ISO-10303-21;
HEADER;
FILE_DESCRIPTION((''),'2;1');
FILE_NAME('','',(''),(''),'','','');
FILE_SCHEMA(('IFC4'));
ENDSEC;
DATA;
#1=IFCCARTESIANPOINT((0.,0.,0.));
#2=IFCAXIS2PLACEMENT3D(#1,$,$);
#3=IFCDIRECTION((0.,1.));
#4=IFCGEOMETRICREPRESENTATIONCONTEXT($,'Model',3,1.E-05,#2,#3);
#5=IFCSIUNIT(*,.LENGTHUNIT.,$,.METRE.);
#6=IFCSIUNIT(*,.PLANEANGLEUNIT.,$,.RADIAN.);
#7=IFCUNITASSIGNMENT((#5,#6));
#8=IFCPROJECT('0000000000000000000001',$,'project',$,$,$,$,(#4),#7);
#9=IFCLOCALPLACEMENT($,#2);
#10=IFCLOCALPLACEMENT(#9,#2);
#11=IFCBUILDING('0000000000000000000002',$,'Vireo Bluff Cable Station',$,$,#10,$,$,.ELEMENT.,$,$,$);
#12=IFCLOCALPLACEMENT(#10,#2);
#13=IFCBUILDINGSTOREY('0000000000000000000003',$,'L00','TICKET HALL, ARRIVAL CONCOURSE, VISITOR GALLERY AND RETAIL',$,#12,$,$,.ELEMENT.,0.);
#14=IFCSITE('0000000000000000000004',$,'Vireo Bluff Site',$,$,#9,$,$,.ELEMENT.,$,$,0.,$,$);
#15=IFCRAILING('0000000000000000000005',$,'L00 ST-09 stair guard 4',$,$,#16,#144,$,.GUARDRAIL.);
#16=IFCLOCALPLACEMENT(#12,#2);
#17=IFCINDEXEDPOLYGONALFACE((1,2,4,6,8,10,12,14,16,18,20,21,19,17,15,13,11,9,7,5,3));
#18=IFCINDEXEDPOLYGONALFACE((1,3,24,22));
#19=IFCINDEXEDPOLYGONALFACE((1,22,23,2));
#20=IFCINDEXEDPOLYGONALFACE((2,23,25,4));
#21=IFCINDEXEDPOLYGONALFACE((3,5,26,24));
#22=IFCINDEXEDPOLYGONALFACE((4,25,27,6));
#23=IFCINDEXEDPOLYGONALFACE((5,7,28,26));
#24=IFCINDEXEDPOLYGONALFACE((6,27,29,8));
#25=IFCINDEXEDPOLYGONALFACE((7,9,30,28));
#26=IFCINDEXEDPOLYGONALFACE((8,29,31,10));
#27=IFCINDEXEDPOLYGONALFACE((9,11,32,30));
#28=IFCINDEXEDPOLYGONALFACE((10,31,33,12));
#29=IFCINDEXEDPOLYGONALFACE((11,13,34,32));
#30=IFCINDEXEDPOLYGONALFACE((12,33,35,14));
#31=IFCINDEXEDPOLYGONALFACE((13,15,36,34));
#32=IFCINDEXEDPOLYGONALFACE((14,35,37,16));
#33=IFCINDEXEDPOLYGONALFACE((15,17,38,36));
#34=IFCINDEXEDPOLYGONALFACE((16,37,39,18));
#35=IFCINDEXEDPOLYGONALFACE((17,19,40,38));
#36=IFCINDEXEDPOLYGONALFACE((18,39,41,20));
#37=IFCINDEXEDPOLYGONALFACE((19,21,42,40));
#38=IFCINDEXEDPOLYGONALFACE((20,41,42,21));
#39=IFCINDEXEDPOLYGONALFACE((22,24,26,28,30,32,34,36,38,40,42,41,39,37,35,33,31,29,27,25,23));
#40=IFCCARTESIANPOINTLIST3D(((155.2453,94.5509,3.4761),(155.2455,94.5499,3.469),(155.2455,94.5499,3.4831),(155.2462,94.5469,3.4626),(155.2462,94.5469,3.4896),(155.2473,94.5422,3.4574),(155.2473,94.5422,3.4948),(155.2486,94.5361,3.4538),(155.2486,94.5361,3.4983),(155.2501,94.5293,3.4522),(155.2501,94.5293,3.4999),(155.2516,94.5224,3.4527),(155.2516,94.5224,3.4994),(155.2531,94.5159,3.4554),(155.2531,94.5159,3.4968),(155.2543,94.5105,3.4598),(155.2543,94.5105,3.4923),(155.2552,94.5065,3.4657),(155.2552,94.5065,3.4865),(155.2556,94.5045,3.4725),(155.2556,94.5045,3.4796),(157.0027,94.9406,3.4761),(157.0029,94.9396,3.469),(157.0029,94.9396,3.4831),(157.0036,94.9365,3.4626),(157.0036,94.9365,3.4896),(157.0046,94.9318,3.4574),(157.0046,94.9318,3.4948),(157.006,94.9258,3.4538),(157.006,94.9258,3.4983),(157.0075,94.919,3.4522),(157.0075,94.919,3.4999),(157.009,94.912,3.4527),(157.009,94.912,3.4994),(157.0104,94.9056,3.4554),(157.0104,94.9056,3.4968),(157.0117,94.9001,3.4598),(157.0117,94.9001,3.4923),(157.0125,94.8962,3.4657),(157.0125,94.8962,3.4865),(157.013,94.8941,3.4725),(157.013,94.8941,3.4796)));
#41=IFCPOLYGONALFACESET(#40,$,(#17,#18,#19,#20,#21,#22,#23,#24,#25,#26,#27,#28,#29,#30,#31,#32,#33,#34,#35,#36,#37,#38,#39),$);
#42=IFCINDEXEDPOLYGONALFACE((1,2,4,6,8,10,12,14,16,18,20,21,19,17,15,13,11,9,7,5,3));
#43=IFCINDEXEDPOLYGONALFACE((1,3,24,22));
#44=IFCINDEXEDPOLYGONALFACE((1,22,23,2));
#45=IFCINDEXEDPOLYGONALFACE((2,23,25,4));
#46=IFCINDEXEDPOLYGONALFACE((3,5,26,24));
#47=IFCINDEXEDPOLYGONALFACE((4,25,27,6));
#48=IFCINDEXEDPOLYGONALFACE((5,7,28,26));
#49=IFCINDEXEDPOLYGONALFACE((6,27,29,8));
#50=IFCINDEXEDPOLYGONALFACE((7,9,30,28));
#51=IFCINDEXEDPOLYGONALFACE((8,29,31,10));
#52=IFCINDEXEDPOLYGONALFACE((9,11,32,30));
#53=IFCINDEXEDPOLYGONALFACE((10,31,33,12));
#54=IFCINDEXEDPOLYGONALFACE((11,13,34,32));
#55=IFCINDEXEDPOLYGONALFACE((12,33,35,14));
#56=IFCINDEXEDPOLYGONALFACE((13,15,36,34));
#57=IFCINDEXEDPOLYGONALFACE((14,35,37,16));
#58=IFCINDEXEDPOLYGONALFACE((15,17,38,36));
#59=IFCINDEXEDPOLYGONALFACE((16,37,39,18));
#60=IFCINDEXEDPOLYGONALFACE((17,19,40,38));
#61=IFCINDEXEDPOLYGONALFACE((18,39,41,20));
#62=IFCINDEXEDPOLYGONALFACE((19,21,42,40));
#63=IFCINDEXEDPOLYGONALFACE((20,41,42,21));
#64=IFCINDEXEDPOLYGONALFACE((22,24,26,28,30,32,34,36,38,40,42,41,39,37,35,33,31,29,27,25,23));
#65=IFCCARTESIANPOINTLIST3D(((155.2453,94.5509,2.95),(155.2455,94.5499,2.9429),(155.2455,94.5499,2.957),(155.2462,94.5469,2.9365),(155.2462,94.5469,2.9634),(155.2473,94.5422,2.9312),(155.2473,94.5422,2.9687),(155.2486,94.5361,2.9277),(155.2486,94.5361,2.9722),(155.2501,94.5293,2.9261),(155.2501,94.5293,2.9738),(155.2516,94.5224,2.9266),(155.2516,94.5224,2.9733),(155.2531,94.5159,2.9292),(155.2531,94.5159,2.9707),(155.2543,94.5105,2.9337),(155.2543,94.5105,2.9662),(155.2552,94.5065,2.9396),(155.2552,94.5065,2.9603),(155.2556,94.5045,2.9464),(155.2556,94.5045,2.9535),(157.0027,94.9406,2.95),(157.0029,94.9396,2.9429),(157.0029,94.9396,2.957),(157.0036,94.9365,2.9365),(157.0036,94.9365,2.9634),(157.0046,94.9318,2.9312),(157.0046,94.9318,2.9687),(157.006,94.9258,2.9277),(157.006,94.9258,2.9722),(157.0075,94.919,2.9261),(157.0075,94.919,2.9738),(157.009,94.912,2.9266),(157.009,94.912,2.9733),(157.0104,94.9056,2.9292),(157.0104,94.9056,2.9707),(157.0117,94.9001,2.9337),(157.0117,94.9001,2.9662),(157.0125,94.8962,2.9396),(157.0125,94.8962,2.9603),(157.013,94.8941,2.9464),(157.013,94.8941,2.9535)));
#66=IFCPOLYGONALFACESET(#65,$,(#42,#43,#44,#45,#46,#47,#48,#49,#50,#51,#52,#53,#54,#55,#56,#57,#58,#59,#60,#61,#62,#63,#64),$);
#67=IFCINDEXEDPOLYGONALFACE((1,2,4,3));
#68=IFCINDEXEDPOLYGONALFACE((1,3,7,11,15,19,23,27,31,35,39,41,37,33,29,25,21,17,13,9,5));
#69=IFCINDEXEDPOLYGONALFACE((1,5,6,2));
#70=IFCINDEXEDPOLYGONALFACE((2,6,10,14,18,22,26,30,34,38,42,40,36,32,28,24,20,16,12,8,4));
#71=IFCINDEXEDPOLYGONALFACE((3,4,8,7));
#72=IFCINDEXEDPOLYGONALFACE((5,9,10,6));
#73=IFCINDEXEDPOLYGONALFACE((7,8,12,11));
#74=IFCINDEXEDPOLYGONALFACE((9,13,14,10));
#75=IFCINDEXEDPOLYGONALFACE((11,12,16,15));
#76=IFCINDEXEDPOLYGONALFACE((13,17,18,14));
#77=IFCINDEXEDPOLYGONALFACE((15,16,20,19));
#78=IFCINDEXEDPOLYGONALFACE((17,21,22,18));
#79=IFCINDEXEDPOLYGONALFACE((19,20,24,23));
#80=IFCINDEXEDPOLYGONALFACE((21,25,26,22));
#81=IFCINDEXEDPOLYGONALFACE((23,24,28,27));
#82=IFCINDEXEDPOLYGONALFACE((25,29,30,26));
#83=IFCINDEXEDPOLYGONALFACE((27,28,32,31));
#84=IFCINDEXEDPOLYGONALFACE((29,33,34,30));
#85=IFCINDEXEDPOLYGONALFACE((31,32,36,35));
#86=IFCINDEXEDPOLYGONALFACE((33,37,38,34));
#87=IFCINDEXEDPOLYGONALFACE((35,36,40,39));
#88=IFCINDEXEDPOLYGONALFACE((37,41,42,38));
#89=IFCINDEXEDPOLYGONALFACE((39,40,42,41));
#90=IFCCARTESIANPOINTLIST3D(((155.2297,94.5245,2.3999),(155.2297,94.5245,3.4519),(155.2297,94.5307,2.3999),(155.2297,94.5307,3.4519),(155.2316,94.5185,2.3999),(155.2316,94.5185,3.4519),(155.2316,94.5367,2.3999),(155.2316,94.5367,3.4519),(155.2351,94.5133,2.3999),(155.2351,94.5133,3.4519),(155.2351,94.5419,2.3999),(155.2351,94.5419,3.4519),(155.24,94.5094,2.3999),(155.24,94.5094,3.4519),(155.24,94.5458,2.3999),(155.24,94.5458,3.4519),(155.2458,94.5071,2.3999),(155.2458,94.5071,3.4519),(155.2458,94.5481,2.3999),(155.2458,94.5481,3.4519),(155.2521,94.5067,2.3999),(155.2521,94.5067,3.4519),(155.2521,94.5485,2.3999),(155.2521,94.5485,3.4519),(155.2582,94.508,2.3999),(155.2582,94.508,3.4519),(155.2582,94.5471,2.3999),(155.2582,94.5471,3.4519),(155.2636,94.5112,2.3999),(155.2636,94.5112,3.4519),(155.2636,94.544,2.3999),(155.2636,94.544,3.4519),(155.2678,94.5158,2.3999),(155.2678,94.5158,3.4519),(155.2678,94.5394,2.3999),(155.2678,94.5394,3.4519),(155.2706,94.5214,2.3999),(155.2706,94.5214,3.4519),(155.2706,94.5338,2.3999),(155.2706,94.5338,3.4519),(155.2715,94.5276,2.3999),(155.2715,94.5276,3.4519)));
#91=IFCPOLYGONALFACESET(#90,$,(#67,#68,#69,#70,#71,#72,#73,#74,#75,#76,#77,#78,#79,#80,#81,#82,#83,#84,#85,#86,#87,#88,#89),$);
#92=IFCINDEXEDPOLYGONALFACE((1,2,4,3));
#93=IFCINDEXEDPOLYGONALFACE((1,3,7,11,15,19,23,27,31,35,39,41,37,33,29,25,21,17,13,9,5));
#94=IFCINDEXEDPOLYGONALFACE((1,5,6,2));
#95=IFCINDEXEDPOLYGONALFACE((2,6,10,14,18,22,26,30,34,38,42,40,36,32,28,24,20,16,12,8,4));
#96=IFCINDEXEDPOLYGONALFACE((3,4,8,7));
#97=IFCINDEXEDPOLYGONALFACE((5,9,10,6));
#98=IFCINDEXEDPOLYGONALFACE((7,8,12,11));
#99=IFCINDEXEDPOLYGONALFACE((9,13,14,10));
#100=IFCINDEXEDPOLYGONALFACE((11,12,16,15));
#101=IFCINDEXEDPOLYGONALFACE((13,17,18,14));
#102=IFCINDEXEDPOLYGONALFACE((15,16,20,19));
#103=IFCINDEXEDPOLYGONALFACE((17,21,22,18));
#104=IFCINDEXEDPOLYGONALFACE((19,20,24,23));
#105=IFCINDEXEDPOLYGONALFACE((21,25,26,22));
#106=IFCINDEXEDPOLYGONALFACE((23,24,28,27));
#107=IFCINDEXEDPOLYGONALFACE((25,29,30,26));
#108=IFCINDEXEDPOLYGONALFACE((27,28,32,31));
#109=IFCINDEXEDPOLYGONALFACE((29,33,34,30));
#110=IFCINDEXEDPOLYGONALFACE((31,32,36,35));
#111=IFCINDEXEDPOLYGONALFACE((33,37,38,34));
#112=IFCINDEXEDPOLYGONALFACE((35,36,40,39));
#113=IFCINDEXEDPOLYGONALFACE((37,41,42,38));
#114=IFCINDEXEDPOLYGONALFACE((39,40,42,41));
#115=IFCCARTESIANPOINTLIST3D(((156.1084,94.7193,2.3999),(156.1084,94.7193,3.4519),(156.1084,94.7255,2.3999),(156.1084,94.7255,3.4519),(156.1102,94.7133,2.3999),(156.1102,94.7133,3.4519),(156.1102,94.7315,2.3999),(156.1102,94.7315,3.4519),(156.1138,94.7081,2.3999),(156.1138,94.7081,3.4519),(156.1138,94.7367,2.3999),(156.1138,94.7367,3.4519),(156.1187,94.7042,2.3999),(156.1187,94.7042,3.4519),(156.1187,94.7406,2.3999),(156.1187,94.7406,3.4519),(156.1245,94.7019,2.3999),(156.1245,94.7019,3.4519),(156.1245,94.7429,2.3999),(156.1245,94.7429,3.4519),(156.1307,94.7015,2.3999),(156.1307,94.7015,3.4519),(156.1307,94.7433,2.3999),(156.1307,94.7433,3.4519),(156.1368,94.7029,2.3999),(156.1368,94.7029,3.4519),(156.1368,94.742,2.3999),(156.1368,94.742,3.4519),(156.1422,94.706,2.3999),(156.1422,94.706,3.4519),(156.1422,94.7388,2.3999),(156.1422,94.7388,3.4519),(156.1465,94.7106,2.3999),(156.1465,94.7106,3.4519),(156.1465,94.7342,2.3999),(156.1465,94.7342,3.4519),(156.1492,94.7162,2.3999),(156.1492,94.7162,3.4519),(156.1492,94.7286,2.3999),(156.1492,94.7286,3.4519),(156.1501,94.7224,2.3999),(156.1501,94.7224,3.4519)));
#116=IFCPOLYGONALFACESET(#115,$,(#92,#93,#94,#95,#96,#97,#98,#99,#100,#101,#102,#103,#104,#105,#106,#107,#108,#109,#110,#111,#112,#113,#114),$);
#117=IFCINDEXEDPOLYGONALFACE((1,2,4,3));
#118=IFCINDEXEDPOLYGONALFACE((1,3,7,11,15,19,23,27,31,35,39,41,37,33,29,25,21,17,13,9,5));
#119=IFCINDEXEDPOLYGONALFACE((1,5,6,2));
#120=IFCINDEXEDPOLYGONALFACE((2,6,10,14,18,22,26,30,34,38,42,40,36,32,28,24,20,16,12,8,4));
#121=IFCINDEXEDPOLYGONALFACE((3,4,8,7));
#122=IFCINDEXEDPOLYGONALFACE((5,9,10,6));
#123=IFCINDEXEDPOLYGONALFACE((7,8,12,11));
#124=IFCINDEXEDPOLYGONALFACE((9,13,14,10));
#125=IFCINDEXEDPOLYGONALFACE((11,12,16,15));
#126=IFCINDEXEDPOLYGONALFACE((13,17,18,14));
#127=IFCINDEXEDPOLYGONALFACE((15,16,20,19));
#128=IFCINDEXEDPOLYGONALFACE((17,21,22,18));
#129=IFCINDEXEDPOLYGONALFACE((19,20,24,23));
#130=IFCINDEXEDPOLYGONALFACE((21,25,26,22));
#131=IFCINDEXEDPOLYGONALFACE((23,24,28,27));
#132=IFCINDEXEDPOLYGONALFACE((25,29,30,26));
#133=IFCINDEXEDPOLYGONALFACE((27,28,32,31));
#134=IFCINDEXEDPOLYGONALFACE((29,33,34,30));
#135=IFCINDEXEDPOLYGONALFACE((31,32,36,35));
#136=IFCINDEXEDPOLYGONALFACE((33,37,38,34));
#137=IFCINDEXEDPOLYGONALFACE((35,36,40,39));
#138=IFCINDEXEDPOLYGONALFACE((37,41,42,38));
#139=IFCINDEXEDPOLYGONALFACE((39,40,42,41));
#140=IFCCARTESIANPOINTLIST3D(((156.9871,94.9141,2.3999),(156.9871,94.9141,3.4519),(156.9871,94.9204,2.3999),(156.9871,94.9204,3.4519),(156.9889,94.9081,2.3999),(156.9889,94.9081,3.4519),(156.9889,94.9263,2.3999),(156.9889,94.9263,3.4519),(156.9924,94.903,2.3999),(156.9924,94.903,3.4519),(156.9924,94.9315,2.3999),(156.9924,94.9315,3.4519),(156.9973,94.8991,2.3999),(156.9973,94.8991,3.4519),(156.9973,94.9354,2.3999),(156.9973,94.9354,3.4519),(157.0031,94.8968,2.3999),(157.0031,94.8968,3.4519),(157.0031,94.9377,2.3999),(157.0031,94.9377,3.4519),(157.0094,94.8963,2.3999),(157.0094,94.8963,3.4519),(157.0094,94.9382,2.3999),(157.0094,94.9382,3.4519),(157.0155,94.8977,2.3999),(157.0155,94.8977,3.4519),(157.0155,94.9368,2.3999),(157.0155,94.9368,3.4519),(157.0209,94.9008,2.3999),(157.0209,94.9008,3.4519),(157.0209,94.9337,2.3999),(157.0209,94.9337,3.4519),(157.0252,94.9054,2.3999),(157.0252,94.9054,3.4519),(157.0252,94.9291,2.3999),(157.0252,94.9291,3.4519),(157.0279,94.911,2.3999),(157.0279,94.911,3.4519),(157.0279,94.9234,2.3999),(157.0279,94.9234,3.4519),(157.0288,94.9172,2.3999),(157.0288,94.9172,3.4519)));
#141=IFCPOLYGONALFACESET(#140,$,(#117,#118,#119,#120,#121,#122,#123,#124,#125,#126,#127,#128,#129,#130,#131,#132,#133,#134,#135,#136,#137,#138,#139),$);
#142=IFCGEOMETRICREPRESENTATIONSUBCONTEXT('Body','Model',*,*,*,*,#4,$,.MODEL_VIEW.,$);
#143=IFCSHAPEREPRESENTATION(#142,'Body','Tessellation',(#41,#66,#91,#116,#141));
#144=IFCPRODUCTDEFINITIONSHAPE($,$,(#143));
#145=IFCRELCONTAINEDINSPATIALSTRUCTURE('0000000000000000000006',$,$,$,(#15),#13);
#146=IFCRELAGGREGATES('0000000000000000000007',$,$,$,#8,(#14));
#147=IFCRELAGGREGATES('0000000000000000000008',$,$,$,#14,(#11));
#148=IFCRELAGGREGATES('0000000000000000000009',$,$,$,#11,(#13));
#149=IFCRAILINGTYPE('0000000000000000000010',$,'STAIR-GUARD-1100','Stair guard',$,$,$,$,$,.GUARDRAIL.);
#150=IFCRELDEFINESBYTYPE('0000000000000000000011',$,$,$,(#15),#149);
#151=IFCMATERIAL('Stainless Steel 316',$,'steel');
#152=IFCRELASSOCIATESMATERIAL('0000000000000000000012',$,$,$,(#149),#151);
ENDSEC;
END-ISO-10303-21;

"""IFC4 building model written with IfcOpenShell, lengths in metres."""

from ifc_helpers import new_model, si_unit, direction, frame, origin, origin_2d, place, context, subcontext, project, spatial, circle, extrude, material, type_object, element, save


model = new_model("IFC4")

# Units and contexts
model_context = context("Model", 3, precision=1e-05, world=origin(), true_north=direction((0.0, 1.0)))
body_context = subcontext(model_context, "Body", "Model", "MODEL_VIEW")
ifc_project = project(units=[si_unit("LENGTHUNIT", "METRE"), si_unit("PLANEANGLEUNIT", "RADIAN")], contexts=[model_context])

# Site, building, storey
site_placement = place(None, origin())
site = spatial("IfcSite", under=ifc_project, at=site_placement, Name="Vireo Bluff Site", CompositionType="ELEMENT", RefElevation=0.0)
building_placement = place(site_placement, origin())
building = spatial("IfcBuilding", under=site, at=building_placement, Name="Vireo Bluff Cable Station", CompositionType="ELEMENT")
storey_placement = place(building_placement, origin())
storey = spatial("IfcBuildingStorey", under=building, at=storey_placement, Name="L00", Description="TICKET HALL, ARRIVAL CONCOURSE, VISITOR GALLERY AND RETAIL", CompositionType="ELEMENT", Elevation=0.0)

# Railing
ifc_material_1 = material(Name="Stainless Steel 316", Category="steel")
railing_type_1 = type_object("IfcRailingType", Name="STAIR-GUARD-1100", Description="Stair guard", PredefinedType="GUARDRAIL", material=ifc_material_1)
railing_1_placement = place(storey_placement, frame((155.2505, 94.5276, 2.3999)))
element("IfcRailing", 1, at=railing_1_placement, inside=storey, type_object=railing_type_1, Name="L00 ST-09 stair guard 4", PredefinedType="GUARDRAIL", context=body_context, shape_type="SweptSolid", body=[
    extrude(circle(Radius=0.0239, at=origin_2d()), frame((0.0, 0.0, 1.0762), z_axis=(0.976289, 0.216471, 0.0), x_axis=(-0.216471, 0.976289, 0.0)), (0.0, 0.0, 1.0), 1.8),
    extrude(circle(Radius=0.0239, at=origin_2d()), frame((0.0, 0.0, 0.55), z_axis=(0.976289, 0.216471, 0.0), x_axis=(-0.216471, 0.976289, 0.0)), (0.0, 0.0, 1.0), 1.8),
    extrude(circle(Radius=0.021, at=origin_2d()), origin(), (0.0, 0.0, 1.0), 1.052),
    extrude(circle(Radius=0.021, at=origin_2d()), frame((0.8787, 0.1948, 0.0)), (0.0, 0.0, 1.0), 1.052),
    extrude(circle(Radius=0.021, at=origin_2d()), frame((1.7573, 0.3896, 0.0)), (0.0, 0.0, 1.0), 1.052),
])

save(model, "model.ifc")
